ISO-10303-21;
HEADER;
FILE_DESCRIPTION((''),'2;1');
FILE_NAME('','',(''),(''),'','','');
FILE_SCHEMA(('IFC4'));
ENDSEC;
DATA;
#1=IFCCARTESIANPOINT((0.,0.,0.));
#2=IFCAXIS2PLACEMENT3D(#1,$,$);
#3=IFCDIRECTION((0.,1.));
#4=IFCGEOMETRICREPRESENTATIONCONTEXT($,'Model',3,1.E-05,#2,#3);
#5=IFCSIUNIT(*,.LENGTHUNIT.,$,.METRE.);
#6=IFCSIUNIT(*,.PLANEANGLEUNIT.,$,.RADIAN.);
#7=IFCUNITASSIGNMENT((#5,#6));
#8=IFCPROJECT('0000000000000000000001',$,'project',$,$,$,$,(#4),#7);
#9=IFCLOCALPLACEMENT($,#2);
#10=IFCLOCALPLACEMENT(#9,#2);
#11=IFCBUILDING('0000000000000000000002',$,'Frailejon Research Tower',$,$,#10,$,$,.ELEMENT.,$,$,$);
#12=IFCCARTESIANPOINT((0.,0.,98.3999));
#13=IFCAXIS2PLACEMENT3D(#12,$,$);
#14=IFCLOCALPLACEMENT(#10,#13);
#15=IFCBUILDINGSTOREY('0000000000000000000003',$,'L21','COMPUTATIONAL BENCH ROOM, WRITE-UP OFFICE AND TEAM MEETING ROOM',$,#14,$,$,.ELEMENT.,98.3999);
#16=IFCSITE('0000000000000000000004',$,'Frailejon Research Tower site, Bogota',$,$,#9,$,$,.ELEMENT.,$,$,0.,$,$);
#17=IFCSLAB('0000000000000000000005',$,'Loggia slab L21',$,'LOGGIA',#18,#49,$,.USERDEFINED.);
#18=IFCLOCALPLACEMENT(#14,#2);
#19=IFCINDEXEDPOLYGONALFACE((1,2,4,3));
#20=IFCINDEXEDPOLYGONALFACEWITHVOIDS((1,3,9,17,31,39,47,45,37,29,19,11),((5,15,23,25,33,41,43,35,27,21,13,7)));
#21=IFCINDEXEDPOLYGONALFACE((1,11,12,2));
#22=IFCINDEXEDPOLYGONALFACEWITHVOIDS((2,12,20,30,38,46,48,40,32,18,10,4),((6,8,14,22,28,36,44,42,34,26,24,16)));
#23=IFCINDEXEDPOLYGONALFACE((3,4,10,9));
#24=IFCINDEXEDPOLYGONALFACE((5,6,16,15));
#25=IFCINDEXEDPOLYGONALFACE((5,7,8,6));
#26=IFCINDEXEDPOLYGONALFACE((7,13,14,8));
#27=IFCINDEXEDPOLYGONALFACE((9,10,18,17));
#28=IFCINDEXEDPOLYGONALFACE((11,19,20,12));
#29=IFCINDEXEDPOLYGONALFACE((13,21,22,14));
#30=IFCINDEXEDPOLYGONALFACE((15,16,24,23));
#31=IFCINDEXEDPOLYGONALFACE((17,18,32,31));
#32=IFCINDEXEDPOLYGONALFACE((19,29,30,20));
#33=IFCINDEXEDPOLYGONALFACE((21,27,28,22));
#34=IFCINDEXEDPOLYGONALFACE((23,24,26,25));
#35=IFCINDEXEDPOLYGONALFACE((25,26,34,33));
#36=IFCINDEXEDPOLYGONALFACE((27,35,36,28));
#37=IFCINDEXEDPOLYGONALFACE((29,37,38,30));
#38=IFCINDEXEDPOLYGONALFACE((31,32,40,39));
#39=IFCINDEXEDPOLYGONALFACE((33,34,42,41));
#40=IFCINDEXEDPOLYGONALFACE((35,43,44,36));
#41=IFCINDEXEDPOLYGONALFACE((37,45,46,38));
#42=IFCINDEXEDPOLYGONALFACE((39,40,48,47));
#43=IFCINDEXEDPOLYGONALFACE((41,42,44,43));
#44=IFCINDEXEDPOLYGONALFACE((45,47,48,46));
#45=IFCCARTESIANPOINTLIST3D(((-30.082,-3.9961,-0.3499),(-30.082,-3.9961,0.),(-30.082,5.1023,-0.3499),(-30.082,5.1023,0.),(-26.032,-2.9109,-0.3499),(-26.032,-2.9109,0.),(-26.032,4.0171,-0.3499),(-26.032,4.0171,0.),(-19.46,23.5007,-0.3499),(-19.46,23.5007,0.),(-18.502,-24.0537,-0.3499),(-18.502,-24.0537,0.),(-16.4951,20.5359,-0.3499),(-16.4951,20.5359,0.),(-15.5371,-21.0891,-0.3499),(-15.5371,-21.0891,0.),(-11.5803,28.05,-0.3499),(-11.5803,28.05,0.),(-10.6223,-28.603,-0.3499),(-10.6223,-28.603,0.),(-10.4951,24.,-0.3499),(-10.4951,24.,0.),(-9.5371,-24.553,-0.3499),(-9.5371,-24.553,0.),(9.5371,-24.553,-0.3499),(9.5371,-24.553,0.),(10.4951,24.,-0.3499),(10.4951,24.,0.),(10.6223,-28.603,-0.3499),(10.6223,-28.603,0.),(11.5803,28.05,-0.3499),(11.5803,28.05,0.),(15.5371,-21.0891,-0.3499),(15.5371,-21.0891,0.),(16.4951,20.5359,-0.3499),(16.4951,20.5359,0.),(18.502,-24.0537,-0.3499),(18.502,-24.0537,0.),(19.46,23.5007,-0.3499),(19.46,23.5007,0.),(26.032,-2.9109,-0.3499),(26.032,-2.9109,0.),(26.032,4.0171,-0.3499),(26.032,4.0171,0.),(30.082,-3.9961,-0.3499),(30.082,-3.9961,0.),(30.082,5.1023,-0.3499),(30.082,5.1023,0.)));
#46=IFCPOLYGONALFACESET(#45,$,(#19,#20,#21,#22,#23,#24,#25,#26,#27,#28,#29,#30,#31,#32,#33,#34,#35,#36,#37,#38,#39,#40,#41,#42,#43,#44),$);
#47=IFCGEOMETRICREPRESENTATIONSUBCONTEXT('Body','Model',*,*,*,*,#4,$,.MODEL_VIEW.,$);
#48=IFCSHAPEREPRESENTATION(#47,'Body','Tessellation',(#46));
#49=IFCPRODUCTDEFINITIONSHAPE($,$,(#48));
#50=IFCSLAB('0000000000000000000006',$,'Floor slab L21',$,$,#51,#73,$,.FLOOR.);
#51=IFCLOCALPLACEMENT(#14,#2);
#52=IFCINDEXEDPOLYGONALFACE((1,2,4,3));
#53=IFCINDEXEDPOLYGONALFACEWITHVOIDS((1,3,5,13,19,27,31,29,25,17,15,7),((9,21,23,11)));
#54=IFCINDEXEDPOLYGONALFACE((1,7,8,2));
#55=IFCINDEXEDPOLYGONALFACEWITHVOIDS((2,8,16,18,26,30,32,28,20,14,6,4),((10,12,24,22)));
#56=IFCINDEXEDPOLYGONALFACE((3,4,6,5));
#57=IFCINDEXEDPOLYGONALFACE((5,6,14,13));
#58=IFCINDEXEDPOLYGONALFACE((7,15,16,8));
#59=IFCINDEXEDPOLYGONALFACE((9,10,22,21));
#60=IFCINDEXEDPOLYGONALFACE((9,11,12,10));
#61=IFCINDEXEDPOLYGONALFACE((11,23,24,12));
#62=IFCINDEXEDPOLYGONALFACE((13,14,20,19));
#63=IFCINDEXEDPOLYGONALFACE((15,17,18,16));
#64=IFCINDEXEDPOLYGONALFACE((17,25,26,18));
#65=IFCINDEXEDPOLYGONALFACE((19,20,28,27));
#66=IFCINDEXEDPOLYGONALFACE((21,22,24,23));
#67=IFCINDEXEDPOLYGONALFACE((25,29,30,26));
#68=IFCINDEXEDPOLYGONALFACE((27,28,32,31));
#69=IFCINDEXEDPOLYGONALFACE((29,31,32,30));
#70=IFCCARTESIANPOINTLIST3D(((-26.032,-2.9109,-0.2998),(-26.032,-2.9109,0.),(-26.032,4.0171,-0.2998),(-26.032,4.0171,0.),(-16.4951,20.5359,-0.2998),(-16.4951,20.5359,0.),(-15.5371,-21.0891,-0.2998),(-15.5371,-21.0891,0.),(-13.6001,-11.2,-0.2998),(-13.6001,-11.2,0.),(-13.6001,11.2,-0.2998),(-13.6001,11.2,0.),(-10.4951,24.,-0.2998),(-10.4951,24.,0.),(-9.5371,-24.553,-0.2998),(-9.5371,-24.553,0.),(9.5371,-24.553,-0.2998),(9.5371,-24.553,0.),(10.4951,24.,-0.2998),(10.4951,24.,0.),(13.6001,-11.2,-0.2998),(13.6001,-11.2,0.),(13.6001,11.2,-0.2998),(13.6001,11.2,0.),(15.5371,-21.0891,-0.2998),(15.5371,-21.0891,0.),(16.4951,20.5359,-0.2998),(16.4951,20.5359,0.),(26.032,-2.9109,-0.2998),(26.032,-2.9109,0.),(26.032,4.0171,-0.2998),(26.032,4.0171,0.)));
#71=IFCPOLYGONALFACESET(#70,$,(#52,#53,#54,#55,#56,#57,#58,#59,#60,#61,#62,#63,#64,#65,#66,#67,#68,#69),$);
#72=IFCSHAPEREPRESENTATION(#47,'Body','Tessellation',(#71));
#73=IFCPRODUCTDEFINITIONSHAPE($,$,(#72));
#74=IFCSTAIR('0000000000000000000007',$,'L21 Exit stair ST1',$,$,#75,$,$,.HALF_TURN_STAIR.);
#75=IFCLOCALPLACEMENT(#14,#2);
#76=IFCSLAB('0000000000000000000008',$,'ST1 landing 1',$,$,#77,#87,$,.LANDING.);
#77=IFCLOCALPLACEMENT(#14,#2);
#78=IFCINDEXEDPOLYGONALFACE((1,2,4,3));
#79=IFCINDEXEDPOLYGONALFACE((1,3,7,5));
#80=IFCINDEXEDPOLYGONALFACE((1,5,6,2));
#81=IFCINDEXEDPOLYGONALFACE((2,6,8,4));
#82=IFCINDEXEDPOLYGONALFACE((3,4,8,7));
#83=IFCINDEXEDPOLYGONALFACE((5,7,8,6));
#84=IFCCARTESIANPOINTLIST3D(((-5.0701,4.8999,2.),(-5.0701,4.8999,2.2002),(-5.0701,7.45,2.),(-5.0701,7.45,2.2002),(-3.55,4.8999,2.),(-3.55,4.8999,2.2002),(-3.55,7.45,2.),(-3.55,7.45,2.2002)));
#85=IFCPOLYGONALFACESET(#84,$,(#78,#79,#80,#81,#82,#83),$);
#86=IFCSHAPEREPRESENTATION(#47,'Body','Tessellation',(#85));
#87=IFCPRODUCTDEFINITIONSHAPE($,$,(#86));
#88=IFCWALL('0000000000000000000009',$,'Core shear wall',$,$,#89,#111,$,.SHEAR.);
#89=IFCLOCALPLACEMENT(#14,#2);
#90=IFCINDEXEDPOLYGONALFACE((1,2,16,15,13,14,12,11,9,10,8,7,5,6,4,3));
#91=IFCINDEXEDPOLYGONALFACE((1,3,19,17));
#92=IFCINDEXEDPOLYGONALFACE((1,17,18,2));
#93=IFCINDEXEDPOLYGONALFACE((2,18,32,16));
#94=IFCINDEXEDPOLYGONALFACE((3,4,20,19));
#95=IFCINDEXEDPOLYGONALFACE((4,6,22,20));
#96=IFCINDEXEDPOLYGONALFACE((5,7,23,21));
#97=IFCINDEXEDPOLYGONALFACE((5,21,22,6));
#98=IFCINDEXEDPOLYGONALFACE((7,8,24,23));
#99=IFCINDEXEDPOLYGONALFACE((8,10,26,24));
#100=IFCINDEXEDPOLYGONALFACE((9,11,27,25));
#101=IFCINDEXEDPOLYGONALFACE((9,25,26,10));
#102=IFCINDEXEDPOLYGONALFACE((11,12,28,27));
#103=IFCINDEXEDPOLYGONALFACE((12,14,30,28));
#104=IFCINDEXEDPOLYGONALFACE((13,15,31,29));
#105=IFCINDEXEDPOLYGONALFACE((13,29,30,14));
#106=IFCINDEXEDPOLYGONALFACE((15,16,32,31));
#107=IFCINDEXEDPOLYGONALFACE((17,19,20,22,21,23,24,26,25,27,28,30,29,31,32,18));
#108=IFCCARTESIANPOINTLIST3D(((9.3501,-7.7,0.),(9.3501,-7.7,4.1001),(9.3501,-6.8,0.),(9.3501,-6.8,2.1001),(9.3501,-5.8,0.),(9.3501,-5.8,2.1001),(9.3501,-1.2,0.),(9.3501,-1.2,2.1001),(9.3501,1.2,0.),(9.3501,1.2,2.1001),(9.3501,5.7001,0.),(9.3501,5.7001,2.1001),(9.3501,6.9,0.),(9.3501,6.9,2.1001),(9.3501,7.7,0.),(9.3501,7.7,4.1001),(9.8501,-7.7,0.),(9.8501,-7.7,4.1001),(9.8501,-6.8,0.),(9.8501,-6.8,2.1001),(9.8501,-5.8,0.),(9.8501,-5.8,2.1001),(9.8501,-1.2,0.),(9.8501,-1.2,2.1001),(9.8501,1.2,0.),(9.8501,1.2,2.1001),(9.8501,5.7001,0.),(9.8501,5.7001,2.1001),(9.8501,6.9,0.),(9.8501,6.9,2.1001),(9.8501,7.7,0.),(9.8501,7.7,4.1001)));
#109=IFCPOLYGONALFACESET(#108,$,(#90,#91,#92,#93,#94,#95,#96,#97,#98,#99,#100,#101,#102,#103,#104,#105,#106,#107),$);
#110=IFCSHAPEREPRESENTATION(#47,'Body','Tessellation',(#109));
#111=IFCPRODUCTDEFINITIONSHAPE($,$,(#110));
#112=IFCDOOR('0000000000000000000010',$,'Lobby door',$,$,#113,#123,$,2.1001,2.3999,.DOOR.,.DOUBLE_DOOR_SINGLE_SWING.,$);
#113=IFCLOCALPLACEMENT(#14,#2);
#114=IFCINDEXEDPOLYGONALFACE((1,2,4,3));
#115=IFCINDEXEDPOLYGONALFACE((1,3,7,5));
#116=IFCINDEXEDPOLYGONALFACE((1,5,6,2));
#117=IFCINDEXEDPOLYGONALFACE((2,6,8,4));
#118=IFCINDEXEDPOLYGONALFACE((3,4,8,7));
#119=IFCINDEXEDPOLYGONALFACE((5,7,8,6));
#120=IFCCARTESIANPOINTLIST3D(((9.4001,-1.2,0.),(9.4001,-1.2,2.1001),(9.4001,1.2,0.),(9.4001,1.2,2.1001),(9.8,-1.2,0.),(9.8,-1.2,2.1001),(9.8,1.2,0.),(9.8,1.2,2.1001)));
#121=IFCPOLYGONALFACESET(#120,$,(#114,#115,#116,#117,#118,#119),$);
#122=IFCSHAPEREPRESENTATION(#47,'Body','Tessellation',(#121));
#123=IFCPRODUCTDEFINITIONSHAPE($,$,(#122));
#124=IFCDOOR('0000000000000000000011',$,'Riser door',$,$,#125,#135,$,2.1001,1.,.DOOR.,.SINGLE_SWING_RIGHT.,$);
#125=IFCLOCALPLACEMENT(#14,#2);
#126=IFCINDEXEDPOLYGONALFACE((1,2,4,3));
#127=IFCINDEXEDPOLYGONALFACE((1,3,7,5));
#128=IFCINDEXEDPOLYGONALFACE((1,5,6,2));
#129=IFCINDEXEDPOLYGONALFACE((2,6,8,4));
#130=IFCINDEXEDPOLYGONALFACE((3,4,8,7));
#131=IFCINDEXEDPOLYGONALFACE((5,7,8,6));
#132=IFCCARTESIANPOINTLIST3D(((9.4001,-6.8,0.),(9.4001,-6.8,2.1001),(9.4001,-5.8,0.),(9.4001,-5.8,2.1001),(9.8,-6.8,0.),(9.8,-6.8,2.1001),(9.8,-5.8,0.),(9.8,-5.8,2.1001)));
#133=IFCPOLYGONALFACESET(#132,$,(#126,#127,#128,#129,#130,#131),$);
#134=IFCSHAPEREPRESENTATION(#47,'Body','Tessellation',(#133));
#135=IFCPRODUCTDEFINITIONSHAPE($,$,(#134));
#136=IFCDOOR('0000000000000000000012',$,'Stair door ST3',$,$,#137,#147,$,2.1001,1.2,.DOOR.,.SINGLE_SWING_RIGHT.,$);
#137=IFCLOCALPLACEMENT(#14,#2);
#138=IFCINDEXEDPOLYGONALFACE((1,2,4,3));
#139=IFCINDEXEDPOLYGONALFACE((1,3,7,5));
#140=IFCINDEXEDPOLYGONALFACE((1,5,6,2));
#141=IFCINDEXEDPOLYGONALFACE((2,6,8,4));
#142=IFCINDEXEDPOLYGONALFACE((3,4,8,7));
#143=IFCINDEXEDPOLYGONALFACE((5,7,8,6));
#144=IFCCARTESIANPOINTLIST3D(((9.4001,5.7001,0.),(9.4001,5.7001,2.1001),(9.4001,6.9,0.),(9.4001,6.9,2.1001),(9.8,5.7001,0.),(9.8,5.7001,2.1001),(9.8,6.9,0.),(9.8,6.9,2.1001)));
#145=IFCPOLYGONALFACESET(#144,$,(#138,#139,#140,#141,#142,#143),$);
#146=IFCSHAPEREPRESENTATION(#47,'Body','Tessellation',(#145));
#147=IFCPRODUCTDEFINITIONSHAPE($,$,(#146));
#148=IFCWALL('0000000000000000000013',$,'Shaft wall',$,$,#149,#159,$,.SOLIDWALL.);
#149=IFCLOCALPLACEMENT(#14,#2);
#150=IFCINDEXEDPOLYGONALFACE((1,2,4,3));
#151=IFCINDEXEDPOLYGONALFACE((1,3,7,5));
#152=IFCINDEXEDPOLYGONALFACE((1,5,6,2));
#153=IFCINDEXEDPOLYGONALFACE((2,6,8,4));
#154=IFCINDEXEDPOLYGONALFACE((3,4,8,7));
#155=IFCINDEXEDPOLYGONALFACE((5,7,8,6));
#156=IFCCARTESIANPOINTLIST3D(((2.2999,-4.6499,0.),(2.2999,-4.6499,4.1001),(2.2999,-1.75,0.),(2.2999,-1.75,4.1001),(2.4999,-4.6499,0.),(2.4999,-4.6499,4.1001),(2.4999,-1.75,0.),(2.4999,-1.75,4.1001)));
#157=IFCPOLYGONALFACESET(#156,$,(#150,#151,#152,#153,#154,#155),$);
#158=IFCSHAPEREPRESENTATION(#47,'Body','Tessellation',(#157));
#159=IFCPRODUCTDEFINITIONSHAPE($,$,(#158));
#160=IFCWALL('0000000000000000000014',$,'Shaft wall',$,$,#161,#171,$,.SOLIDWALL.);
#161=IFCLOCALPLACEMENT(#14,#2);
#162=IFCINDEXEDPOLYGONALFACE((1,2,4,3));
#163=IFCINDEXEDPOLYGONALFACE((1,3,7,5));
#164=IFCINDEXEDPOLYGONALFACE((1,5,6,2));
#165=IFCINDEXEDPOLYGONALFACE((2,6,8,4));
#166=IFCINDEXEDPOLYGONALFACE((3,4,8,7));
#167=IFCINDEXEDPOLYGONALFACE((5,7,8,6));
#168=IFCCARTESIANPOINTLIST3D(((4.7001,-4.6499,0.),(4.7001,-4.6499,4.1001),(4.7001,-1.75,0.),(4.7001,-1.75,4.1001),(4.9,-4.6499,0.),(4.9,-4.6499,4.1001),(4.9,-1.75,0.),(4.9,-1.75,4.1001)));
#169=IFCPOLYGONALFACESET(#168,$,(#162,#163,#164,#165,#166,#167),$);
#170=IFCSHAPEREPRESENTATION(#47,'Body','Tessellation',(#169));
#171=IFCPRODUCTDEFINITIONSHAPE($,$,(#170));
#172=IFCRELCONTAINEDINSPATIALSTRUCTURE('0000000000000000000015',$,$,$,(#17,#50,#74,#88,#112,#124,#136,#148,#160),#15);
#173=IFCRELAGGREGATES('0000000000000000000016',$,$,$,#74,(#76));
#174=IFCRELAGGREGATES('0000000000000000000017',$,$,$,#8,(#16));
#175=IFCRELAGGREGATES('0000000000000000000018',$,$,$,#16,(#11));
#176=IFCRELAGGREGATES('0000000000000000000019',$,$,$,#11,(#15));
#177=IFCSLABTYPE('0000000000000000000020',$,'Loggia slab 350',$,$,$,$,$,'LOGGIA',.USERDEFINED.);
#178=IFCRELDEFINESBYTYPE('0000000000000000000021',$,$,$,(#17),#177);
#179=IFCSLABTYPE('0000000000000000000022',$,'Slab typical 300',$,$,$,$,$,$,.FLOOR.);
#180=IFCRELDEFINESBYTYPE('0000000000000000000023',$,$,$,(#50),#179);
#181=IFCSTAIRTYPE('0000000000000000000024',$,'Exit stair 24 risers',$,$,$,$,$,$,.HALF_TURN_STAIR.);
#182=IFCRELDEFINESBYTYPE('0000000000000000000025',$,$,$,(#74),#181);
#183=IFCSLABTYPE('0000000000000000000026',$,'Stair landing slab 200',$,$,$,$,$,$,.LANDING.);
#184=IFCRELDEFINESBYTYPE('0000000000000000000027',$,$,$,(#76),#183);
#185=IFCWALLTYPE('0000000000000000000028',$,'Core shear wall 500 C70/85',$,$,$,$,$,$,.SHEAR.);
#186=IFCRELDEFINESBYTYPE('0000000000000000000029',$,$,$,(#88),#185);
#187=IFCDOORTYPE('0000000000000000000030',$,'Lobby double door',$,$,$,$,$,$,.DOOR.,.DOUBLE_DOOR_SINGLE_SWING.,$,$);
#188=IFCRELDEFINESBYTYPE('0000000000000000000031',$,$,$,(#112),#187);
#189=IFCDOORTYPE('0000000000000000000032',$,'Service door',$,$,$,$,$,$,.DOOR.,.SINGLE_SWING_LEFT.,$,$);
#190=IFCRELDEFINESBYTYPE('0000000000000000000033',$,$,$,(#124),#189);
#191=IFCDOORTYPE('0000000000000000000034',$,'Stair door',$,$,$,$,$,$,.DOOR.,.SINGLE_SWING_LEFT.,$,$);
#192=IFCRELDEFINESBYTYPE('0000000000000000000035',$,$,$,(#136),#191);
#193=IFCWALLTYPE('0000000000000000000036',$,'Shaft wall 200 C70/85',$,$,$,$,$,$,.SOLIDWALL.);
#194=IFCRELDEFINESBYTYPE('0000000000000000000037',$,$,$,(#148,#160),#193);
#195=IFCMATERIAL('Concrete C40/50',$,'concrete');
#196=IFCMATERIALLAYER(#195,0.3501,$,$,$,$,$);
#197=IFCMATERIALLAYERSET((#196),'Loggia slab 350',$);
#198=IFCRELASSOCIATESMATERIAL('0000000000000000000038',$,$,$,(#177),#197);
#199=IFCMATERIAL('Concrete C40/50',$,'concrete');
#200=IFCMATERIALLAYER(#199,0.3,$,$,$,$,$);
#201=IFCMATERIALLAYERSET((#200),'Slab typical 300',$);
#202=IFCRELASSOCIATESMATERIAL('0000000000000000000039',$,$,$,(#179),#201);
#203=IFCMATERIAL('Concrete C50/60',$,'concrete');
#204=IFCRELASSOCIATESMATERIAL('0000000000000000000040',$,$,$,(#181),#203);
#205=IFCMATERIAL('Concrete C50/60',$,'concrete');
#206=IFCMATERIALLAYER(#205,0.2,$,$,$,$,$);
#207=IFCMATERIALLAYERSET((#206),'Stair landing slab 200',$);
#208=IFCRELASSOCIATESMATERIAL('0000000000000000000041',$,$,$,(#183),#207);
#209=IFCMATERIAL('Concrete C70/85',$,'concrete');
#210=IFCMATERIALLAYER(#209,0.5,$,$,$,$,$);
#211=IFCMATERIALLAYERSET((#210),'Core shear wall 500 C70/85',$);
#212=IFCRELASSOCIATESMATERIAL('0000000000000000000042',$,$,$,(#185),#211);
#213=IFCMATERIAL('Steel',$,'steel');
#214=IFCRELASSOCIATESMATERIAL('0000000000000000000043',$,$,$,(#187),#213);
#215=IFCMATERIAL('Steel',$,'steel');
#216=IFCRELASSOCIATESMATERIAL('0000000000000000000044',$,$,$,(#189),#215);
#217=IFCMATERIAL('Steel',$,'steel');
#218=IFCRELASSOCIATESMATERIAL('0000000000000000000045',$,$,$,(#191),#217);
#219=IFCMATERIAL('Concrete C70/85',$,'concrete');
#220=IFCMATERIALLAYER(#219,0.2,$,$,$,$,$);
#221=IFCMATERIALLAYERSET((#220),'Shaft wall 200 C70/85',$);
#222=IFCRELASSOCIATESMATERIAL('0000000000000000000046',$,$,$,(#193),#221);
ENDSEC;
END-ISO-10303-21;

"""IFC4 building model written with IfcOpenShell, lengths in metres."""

from ifc_helpers import new_model, si_unit, direction, frame, frame_2d, origin, place, context, subcontext, project, spatial, polyline, rectangle, outline, extrude, material, layer, layer_set, type_object, element, fill, aggregate, save


model = new_model("IFC4")

# Units and contexts
model_context = context("Model", 3, precision=1e-05, world=origin(), true_north=direction((0.0, 1.0)))
body_context = subcontext(model_context, "Body", "Model", "MODEL_VIEW")
ifc_project = project(units=[si_unit("LENGTHUNIT", "METRE"), si_unit("PLANEANGLEUNIT", "RADIAN")], contexts=[model_context])

# Site, building, storey
site_placement = place(None, origin())
site = spatial("IfcSite", under=ifc_project, at=site_placement, Name="Frailejon Research Tower site, Bogota", CompositionType="ELEMENT", RefElevation=0.0)
building_placement = place(site_placement, origin())
building = spatial("IfcBuilding", under=site, at=building_placement, Name="Frailejon Research Tower", CompositionType="ELEMENT")
storey_placement = place(building_placement, frame((0.0, 0.0, 98.3999)))
storey = spatial("IfcBuildingStorey", under=building, at=storey_placement, Name="L21", Description="COMPUTATIONAL BENCH ROOM, WRITE-UP OFFICE AND TEAM MEETING ROOM", CompositionType="ELEMENT", Elevation=98.3999)

# Slabs
ifc_material_1 = material(Name="Concrete C40/50", Category="concrete")
ifc_layer_1 = layer(ifc_material_1, 0.3501)
ifc_layer_set_1 = layer_set([ifc_layer_1], Name="Loggia slab 350")
slab_type_1 = type_object("IfcSlabType", Name="Loggia slab 350", ElementType="LOGGIA", PredefinedType="USERDEFINED", material=ifc_layer_set_1)
slab_1_placement = place(storey_placement, frame((0.0, 0.0, -0.3499)))
element("IfcSlab", 1, at=slab_1_placement, inside=storey, type_object=slab_type_1, Name="Loggia slab L21", ObjectType="LOGGIA", PredefinedType="USERDEFINED", context=body_context, shape_type="SweptSolid", body=[
    extrude(outline(polyline([(18.502, -24.0537), (10.6223, -28.603), (-10.6223, -28.603), (-18.502, -24.0537), (-30.082, -3.9961), (-30.082, 5.1023), (-19.46, 23.5007), (-11.5803, 28.05), (11.5803, 28.05), (19.46, 23.5007), (30.082, 5.1023), (30.082, -3.9961), (18.502, -24.0537)]), holes=[polyline([(26.032, 4.0171), (16.4951, 20.5359), (10.4951, 24.0), (-10.4951, 24.0), (-16.4951, 20.5359), (-26.032, 4.0171), (-26.032, -2.9109), (-15.5371, -21.0891), (-9.5371, -24.553), (9.5371, -24.553), (15.5371, -21.0891), (26.032, -2.9109), (26.032, 4.0171)])]), origin(), (0.0, 0.0, 1.0), 0.3499),
])
ifc_material_2 = material(Name="Concrete C40/50", Category="concrete")
ifc_layer_2 = layer(ifc_material_2, 0.3)
ifc_layer_set_2 = layer_set([ifc_layer_2], Name="Slab typical 300")
slab_type_2 = type_object("IfcSlabType", Name="Slab typical 300", PredefinedType="FLOOR", material=ifc_layer_set_2)
slab_2_placement = place(storey_placement, frame((0.0, 0.0, -0.2998)))
element("IfcSlab", 2, at=slab_2_placement, inside=storey, type_object=slab_type_2, Name="Floor slab L21", PredefinedType="FLOOR", context=body_context, shape_type="SweptSolid", body=[
    extrude(outline(polyline([(26.032, -2.9109), (26.032, 4.0171), (16.4951, 20.5359), (10.4951, 24.0), (-10.4951, 24.0), (-16.4951, 20.5359), (-26.032, 4.0171), (-26.032, -2.9109), (-15.5371, -21.0891), (-9.5371, -24.553), (9.5371, -24.553), (15.5371, -21.0891), (26.032, -2.9109)]), holes=[polyline([(13.6001, -11.2), (-13.6001, -11.2), (-13.6001, 11.2), (13.6001, 11.2), (13.6001, -11.2)])]), origin(), (0.0, 0.0, 1.0), 0.2998),
])

# Stair, slab
ifc_material_3 = material(Name="Concrete C50/60", Category="concrete")
stair_type = type_object("IfcStairType", Name="Exit stair 24 risers", PredefinedType="HALF_TURN_STAIR", material=ifc_material_3)
stair_placement = place(storey_placement, origin())
stair = element("IfcStair", 3, at=stair_placement, inside=storey, type_object=stair_type, Name="L21 Exit stair ST1", PredefinedType="HALF_TURN_STAIR")
ifc_material_4 = material(Name="Concrete C50/60", Category="concrete")
ifc_layer_3 = layer(ifc_material_4, 0.2)
ifc_layer_set_3 = layer_set([ifc_layer_3], Name="Stair landing slab 200")
slab_type_3 = type_object("IfcSlabType", Name="Stair landing slab 200", PredefinedType="LANDING", material=ifc_layer_set_3)
slab_3_placement = place(storey_placement, frame((0.0, 0.0, 2.0)))
slab_3 = element("IfcSlab", 4, at=slab_3_placement, type_object=slab_type_3, Name="ST1 landing 1", PredefinedType="LANDING", context=body_context, shape_type="SweptSolid", body=[
    extrude(outline(polyline([(-5.0701, 4.8999), (-3.55, 4.8999), (-3.55, 7.45), (-5.0701, 7.45), (-5.0701, 4.8999)])), origin(), (0.0, 0.0, 1.0), 0.2002),
])
aggregate(stair, [slab_3])

# Wall, openings, doors
ifc_material_5 = material(Name="Concrete C70/85", Category="concrete")
ifc_layer_4 = layer(ifc_material_5, 0.5)
ifc_layer_set_4 = layer_set([ifc_layer_4], Name="Core shear wall 500 C70/85")
wall_type_1 = type_object("IfcWallType", Name="Core shear wall 500 C70/85", PredefinedType="SHEAR", material=ifc_layer_set_4)
wall_1_placement = place(storey_placement, frame((9.6001, -7.7, 0.0), z_axis=(0.0, 0.0, 1.0), x_axis=(0.0, 1.0, 0.0)))
wall_1 = element("IfcWall", 5, at=wall_1_placement, inside=storey, type_object=wall_type_1, Name="Core shear wall", PredefinedType="SHEAR", context=body_context, shape_type="SweptSolid", body=[
    extrude(rectangle(XDim=15.3999, YDim=0.5, at=frame_2d((7.7, 0.0))), origin(), (0.0, 0.0, 1.0), 4.1001),
])
opening_1_placement = place(wall_1_placement, frame((6.5, 0.0, 0.0)))
opening_1 = element("IfcOpeningElement", 6, at=opening_1_placement, cuts=wall_1, PredefinedType="OPENING", context=body_context, shape_type="SweptSolid", body=[
    extrude(rectangle(XDim=2.3999, YDim=2.1001, at=frame_2d((1.2, 1.05))), frame((0.0, 0.26, 0.0), z_axis=(0.0, -1.0, 0.0), x_axis=(1.0, 0.0, 0.0)), (0.0, 0.0, 1.0), 0.52),
])
opening_2_placement = place(wall_1_placement, frame((13.3999, 0.0, 0.0)))
opening_2 = element("IfcOpeningElement", 7, at=opening_2_placement, cuts=wall_1, PredefinedType="OPENING", context=body_context, shape_type="SweptSolid", body=[
    extrude(rectangle(XDim=1.2, YDim=2.1001, at=frame_2d((0.6001, 1.05))), frame((0.0, 0.26, 0.0), z_axis=(0.0, -1.0, 0.0), x_axis=(1.0, 0.0, 0.0)), (0.0, 0.0, 1.0), 0.52),
])
opening_3_placement = place(wall_1_placement, frame((0.8999, 0.0, 0.0)))
opening_3 = element("IfcOpeningElement", 8, at=opening_3_placement, cuts=wall_1, PredefinedType="OPENING", context=body_context, shape_type="SweptSolid", body=[
    extrude(rectangle(XDim=1.0, YDim=2.1001, at=frame_2d((0.5, 1.05))), frame((0.0, 0.26, 0.0), z_axis=(0.0, -1.0, 0.0), x_axis=(1.0, 0.0, 0.0)), (0.0, 0.0, 1.0), 0.52),
])
ifc_material_6 = material(Name="Steel", Category="steel")
door_type_1 = type_object("IfcDoorType", Name="Lobby double door", OperationType="DOUBLE_DOOR_SINGLE_SWING", PredefinedType="DOOR", material=ifc_material_6)
door_1_placement = place(opening_1_placement, origin())
door_1 = element("IfcDoor", 9, at=door_1_placement, inside=storey, type_object=door_type_1, Name="Lobby door", OperationType="DOUBLE_DOOR_SINGLE_SWING", OverallHeight=2.1001, OverallWidth=2.3999, PredefinedType="DOOR", context=body_context, shape_type="SweptSolid", body=[
    extrude(rectangle(XDim=2.3999, YDim=2.1001, at=frame_2d((1.2, 1.05))), frame((0.0, 0.2, 0.0), z_axis=(0.0, -1.0, 0.0), x_axis=(1.0, 0.0, 0.0)), (0.0, 0.0, 1.0), 0.3999),
])
fill(opening_1, door_1)
ifc_material_7 = material(Name="Steel", Category="steel")
door_type_2 = type_object("IfcDoorType", Name="Service door", OperationType="SINGLE_SWING_LEFT", PredefinedType="DOOR", material=ifc_material_7)
door_2_placement = place(opening_3_placement, origin())
door_2 = element("IfcDoor", 10, at=door_2_placement, inside=storey, type_object=door_type_2, Name="Riser door", OperationType="SINGLE_SWING_RIGHT", OverallHeight=2.1001, OverallWidth=1.0, PredefinedType="DOOR", context=body_context, shape_type="SweptSolid", body=[
    extrude(rectangle(XDim=1.0, YDim=2.1001, at=frame_2d((0.5, 1.05))), frame((0.0, 0.2, 0.0), z_axis=(0.0, -1.0, 0.0), x_axis=(1.0, 0.0, 0.0)), (0.0, 0.0, 1.0), 0.3999),
])
fill(opening_3, door_2)
ifc_material_8 = material(Name="Steel", Category="steel")
door_type_3 = type_object("IfcDoorType", Name="Stair door", OperationType="SINGLE_SWING_LEFT", PredefinedType="DOOR", material=ifc_material_8)
door_3_placement = place(opening_2_placement, origin())
door_3 = element("IfcDoor", 11, at=door_3_placement, inside=storey, type_object=door_type_3, Name="Stair door ST3", OperationType="SINGLE_SWING_RIGHT", OverallHeight=2.1001, OverallWidth=1.2, PredefinedType="DOOR", context=body_context, shape_type="SweptSolid", body=[
    extrude(rectangle(XDim=1.2, YDim=2.1001, at=frame_2d((0.6001, 1.05))), frame((0.0, 0.2, 0.0), z_axis=(0.0, -1.0, 0.0), x_axis=(1.0, 0.0, 0.0)), (0.0, 0.0, 1.0), 0.3999),
])
fill(opening_2, door_3)

# Walls
ifc_material_9 = material(Name="Concrete C70/85", Category="concrete")
ifc_layer_5 = layer(ifc_material_9, 0.2)
ifc_layer_set_5 = layer_set([ifc_layer_5], Name="Shaft wall 200 C70/85")
wall_type_2 = type_object("IfcWallType", Name="Shaft wall 200 C70/85", PredefinedType="SOLIDWALL", material=ifc_layer_set_5)
for number, where, z_axis, x_axis, name in (
    (12, (2.3999, -4.6499, 0.0), (0.0, 0.0, 1.0), (0.0, 1.0, 0.0), "Shaft wall"),
    (13, (4.8, -4.6499, 0.0), (0.0, 0.0, 1.0), (0.0, 1.0, 0.0), "Shaft wall"),
):
    element("IfcWall", number, at=place(storey_placement, frame(where, z_axis=z_axis, x_axis=x_axis)), inside=storey, type_object=wall_type_2, Name=name, PredefinedType="SOLIDWALL", context=body_context, shape_type="SweptSolid", body=[
        extrude(rectangle(XDim=2.8999, YDim=0.2, at=frame_2d((1.45, 0.0))), origin(), (0.0, 0.0, 1.0), 4.1001),
    ])

save(model, "model.ifc")
